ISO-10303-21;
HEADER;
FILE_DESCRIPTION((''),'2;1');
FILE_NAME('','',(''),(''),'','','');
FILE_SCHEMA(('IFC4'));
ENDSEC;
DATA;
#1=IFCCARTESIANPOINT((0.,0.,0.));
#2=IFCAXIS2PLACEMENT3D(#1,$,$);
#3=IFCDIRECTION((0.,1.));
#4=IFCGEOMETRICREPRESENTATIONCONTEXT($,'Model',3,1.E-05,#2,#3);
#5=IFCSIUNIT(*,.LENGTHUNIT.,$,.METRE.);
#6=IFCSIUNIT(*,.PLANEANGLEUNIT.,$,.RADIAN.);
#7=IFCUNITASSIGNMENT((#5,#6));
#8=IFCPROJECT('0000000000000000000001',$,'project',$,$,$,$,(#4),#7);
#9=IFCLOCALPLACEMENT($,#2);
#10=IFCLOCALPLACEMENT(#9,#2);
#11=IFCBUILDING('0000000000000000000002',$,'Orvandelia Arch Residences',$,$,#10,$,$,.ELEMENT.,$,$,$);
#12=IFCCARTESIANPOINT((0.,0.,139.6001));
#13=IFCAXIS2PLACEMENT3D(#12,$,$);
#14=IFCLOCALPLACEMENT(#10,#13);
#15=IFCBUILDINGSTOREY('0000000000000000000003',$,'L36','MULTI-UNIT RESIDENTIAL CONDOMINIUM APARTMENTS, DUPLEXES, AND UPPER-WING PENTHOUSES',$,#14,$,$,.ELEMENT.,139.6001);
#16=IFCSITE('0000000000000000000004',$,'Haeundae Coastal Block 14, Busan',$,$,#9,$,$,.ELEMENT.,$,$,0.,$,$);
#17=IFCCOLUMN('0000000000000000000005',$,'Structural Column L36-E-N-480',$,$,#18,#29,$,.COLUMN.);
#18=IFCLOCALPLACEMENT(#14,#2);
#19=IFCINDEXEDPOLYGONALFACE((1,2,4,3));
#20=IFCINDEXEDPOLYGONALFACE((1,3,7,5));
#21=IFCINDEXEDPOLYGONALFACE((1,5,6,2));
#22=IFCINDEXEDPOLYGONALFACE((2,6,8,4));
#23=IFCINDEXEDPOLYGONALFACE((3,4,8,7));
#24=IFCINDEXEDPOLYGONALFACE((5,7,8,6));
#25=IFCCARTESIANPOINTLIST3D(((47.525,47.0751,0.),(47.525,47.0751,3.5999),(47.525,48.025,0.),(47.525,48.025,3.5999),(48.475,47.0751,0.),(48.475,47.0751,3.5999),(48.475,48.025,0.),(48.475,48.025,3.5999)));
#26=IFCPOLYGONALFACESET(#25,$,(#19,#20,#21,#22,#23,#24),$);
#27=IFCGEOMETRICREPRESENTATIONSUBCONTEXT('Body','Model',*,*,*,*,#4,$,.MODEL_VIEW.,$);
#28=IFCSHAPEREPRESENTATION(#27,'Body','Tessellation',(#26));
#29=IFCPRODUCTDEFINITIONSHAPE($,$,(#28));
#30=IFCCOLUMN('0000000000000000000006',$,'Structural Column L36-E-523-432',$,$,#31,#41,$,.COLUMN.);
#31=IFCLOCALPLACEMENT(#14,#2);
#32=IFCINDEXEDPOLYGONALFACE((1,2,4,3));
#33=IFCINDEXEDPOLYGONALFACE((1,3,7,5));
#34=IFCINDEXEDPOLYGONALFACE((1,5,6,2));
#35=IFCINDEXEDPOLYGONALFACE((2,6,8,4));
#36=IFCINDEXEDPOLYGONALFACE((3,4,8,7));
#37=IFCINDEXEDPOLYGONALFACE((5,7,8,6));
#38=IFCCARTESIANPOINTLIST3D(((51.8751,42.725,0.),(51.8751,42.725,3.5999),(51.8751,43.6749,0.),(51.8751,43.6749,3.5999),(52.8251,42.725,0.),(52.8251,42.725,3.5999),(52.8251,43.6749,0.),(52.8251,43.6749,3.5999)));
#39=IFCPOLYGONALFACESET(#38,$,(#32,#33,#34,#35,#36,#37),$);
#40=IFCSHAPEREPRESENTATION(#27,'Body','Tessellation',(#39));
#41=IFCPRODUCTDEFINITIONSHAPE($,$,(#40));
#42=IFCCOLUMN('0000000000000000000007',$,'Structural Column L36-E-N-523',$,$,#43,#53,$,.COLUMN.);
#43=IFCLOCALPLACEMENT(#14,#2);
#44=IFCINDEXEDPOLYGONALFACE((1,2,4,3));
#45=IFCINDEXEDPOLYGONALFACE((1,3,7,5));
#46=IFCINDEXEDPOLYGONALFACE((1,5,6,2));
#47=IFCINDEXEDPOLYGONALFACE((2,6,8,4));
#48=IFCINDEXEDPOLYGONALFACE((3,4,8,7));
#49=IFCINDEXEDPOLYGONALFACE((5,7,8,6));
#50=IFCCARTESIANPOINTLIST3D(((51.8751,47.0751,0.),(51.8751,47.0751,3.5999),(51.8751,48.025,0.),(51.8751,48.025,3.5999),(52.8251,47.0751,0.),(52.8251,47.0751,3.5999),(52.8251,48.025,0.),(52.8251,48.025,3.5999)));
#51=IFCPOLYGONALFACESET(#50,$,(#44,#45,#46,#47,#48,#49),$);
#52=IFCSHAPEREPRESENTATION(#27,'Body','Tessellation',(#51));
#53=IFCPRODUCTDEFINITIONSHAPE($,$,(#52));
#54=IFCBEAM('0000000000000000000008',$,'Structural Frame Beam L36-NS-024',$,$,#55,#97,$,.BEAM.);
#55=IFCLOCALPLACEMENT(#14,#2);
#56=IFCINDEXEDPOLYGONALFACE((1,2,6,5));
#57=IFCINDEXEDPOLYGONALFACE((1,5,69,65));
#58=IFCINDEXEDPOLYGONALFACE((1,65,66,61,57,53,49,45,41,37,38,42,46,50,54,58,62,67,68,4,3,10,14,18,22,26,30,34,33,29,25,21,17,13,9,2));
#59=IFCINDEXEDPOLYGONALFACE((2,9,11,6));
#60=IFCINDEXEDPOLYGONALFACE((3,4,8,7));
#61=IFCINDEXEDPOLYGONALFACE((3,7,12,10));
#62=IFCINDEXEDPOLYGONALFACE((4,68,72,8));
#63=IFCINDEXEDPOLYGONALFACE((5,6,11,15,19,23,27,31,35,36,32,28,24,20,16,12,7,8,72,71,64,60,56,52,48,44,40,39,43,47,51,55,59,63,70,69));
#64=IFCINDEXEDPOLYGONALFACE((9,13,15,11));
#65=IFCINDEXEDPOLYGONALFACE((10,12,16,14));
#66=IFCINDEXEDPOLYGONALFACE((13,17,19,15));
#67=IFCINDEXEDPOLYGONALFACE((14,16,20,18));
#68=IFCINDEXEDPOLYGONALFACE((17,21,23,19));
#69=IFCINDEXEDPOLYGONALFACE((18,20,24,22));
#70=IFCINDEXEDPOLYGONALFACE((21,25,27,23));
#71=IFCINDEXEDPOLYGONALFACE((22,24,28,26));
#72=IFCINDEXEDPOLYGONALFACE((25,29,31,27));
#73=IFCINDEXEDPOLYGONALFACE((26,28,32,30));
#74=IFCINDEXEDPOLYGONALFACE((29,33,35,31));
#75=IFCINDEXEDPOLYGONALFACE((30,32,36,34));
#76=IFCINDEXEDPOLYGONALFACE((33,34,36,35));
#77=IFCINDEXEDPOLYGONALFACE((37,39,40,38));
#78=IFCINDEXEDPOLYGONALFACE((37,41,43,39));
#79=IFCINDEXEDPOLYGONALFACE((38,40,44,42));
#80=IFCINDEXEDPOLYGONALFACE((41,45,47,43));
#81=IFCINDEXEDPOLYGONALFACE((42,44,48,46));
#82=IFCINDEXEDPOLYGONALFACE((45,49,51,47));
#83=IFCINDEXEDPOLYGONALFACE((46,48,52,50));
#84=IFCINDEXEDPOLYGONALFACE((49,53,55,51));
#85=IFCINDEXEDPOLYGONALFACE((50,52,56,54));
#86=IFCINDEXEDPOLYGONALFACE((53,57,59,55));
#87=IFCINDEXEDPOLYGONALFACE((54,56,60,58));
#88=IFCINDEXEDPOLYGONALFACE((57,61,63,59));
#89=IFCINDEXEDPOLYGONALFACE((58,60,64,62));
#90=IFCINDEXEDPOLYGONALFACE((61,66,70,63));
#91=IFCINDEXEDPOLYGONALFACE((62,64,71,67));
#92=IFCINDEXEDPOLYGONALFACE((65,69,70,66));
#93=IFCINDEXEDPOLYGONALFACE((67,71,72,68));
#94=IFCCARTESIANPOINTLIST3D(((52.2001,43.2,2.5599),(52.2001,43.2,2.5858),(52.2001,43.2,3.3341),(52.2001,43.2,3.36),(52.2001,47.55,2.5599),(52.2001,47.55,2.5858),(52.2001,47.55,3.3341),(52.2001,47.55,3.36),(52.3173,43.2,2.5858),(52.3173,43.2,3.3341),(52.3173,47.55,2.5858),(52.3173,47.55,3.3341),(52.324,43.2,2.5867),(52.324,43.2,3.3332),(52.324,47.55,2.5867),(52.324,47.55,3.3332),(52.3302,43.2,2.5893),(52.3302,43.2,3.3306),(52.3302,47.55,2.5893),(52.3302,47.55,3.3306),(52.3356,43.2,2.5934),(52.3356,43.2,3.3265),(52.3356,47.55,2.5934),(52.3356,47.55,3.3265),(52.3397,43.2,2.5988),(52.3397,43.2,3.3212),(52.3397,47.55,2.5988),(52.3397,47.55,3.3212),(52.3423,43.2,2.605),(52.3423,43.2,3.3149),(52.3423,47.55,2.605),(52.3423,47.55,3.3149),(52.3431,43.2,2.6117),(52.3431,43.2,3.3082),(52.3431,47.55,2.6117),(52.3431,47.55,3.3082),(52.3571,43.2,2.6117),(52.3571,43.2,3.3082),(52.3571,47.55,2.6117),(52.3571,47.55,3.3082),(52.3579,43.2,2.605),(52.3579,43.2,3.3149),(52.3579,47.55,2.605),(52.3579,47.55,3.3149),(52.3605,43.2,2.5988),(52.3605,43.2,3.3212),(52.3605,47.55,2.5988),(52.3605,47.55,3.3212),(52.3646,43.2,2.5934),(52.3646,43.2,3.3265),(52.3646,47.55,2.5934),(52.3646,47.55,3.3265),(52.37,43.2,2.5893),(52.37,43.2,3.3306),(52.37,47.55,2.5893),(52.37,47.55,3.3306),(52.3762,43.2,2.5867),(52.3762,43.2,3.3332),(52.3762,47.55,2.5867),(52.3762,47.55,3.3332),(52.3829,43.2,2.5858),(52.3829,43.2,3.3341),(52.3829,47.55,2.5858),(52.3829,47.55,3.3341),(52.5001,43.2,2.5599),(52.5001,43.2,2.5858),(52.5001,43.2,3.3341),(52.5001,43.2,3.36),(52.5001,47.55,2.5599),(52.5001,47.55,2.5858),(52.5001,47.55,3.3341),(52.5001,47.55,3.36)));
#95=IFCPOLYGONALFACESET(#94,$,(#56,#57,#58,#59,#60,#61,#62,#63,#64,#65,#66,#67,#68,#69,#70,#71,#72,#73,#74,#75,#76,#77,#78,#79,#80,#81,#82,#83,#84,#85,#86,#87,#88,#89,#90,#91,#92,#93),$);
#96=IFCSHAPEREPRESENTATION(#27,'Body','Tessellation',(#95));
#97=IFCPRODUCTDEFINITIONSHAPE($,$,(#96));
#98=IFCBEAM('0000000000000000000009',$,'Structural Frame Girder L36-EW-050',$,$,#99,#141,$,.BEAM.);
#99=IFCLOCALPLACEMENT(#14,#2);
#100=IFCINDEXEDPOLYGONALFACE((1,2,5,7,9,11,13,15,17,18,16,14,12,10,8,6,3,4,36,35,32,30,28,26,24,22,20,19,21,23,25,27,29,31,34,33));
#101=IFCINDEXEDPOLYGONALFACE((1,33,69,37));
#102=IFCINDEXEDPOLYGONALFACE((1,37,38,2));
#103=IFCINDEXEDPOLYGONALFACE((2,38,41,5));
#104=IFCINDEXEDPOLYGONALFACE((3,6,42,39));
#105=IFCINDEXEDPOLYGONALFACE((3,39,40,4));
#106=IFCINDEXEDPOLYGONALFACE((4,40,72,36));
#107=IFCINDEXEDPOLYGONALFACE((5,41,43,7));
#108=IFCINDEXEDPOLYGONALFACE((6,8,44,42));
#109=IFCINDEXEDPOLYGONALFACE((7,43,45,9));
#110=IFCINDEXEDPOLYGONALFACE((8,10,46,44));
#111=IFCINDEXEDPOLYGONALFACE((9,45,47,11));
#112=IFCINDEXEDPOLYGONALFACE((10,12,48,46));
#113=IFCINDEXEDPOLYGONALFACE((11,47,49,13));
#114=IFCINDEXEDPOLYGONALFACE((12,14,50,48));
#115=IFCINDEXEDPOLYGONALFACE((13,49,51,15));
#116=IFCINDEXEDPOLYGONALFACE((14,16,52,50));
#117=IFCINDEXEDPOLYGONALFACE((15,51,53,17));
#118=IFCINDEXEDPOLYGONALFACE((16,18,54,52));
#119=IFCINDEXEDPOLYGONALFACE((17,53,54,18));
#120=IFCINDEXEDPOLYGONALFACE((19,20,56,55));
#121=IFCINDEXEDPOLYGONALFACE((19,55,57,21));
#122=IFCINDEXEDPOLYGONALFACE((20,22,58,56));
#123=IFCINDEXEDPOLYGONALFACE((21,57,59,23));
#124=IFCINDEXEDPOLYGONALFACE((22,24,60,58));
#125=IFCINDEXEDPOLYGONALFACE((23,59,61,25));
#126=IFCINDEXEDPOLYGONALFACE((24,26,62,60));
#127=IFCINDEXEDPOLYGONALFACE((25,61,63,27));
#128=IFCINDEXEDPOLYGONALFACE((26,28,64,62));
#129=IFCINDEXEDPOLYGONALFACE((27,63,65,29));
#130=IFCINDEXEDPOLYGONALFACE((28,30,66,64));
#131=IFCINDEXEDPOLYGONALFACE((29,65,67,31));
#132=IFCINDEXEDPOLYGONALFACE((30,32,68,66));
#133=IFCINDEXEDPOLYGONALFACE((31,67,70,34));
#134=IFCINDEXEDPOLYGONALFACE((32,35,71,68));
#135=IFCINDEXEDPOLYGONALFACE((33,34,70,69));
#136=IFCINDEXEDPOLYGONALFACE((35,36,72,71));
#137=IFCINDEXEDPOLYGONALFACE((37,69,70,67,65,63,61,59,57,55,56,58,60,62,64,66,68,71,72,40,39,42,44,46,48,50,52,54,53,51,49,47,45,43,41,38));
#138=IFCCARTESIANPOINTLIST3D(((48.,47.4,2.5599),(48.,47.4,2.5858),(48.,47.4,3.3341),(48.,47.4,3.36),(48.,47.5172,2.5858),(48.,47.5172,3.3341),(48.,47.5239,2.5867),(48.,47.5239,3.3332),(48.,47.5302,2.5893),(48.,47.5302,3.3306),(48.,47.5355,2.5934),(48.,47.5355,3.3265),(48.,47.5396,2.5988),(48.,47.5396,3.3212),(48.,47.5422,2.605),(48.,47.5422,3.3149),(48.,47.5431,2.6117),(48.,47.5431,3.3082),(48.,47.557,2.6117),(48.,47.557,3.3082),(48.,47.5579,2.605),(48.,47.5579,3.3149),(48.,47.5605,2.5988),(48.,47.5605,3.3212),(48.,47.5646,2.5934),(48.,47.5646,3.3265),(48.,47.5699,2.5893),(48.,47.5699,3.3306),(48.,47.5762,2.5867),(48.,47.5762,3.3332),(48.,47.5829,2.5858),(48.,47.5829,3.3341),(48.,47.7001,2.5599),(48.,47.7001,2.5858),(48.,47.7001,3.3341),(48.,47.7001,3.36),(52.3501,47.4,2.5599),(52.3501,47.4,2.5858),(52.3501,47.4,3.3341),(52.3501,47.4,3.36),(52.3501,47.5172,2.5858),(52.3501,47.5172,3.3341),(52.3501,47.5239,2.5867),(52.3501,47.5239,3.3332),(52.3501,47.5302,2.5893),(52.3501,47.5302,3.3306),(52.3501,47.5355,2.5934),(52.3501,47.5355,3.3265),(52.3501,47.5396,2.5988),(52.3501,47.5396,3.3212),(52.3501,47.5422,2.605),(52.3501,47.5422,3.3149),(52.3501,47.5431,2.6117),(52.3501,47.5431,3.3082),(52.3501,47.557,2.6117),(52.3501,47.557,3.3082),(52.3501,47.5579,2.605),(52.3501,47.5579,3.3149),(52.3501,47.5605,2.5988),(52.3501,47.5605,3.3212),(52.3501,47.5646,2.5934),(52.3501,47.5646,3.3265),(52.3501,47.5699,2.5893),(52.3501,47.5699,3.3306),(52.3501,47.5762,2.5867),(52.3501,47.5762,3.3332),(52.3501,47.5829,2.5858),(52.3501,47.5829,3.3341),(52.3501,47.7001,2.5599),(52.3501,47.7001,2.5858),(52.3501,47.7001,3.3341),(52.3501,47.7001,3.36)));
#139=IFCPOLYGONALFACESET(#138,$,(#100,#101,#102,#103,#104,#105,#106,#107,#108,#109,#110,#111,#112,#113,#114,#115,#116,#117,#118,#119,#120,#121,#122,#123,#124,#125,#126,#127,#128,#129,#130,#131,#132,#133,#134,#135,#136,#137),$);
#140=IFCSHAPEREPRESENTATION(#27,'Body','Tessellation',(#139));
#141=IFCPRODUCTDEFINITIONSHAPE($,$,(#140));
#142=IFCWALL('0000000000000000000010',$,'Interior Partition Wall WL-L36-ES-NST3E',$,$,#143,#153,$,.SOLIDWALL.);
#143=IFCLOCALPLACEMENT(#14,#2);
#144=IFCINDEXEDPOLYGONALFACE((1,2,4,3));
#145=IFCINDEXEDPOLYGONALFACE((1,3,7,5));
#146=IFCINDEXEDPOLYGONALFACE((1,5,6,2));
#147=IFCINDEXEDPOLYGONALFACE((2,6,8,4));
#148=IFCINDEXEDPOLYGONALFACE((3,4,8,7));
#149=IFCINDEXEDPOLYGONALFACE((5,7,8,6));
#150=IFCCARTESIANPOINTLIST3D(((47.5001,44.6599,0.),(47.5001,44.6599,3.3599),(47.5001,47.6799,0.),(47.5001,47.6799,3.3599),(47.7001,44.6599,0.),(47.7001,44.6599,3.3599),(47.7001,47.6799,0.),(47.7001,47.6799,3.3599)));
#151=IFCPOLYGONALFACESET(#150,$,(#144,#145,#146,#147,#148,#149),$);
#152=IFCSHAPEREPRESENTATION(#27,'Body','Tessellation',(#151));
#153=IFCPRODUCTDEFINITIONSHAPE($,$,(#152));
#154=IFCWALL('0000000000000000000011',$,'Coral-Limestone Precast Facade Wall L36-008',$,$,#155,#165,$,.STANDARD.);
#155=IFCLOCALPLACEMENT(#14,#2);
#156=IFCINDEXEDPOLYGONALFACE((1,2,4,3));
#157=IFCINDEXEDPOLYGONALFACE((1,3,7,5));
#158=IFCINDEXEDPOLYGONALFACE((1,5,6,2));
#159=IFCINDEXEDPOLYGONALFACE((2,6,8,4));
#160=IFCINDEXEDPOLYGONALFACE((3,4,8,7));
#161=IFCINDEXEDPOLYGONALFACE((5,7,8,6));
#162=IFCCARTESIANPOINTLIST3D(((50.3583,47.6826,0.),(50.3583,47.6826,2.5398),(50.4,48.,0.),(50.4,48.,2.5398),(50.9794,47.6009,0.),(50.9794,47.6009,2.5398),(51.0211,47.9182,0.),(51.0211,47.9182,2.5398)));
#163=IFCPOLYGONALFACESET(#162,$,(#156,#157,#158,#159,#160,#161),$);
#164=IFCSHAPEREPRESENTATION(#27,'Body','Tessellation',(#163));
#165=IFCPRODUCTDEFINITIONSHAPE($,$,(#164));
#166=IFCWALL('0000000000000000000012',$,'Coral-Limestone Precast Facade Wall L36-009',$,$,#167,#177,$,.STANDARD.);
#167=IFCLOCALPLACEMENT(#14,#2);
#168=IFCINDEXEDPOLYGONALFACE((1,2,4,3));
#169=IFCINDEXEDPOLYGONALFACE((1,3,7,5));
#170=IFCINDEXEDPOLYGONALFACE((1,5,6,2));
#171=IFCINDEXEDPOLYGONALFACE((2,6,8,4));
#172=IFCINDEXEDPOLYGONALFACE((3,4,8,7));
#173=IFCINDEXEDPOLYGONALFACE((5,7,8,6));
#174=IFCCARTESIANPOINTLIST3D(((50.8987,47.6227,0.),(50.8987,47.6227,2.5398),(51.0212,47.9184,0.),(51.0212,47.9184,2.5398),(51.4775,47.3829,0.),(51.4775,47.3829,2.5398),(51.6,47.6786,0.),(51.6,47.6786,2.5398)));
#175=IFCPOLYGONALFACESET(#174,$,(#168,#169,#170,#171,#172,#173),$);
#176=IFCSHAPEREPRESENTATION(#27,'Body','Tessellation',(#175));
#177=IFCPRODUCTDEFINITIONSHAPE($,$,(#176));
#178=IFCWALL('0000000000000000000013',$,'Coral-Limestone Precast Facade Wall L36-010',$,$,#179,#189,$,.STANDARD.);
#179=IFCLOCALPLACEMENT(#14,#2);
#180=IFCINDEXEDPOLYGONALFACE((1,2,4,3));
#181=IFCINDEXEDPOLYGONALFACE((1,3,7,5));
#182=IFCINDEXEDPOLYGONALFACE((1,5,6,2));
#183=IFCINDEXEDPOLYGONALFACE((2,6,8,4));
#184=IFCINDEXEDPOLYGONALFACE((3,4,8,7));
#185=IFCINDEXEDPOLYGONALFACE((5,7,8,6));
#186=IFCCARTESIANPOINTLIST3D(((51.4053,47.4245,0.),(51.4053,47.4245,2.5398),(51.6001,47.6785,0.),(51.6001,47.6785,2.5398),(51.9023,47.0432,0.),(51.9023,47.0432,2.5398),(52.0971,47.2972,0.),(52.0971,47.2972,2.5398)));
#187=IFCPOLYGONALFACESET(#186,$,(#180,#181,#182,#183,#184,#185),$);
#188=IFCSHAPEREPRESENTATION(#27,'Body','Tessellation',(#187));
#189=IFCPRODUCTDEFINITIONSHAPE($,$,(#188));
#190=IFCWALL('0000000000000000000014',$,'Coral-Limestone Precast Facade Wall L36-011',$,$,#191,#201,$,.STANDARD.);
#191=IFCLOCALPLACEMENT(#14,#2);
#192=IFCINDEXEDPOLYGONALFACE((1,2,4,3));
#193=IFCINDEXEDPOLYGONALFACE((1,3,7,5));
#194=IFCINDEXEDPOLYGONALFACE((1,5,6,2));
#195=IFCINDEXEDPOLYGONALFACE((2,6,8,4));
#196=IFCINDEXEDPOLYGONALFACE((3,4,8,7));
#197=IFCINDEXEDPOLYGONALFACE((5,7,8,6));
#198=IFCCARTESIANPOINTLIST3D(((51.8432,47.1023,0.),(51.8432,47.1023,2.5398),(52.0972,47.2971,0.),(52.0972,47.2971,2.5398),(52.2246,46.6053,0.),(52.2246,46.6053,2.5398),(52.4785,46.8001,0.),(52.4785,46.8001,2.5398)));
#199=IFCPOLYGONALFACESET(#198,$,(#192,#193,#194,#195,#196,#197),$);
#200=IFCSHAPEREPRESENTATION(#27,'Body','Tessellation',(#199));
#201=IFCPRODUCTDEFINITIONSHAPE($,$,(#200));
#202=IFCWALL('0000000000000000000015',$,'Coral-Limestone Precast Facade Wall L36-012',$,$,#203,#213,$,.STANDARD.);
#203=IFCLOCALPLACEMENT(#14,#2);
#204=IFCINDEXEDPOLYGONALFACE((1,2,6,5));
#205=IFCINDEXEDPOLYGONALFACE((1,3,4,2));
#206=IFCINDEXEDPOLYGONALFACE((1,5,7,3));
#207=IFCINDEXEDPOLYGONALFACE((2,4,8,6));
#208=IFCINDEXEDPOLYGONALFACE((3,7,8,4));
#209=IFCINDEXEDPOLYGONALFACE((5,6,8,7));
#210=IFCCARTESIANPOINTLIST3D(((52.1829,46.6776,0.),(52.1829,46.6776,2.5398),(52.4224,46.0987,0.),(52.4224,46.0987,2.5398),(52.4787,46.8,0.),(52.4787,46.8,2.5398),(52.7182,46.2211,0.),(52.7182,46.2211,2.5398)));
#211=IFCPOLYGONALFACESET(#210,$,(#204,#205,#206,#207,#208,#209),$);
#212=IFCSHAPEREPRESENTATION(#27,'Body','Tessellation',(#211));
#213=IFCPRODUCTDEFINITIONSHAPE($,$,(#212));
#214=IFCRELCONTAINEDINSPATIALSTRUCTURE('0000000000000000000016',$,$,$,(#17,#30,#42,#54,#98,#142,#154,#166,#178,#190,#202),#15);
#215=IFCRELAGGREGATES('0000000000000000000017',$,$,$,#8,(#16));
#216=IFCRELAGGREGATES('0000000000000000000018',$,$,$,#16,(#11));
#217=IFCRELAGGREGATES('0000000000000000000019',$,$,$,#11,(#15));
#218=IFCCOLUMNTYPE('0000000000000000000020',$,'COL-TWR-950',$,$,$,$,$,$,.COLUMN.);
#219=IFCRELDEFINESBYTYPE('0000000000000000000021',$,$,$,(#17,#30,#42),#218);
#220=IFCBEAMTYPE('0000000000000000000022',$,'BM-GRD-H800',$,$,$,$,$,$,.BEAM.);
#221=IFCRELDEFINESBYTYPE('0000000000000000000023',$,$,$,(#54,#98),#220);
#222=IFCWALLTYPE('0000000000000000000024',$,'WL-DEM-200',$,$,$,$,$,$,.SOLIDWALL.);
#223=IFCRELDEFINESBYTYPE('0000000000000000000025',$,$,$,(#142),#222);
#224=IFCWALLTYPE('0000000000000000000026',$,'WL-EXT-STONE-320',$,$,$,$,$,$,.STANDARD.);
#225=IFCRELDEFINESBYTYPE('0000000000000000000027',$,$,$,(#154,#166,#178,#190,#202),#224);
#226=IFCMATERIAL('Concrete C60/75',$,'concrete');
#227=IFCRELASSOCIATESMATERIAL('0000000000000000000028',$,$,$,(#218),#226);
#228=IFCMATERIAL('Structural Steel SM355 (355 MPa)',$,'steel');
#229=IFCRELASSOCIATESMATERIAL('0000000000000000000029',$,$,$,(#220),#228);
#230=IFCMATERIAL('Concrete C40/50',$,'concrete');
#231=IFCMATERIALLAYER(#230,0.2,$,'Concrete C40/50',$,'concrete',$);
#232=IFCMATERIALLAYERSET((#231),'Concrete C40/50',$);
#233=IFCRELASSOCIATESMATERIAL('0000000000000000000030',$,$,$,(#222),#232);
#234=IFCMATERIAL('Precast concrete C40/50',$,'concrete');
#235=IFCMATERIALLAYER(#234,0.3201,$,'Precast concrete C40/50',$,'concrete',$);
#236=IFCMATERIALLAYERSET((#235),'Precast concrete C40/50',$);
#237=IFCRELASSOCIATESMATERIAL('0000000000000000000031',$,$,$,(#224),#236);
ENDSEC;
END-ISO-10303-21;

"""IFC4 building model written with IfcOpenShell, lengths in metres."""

from ifc_helpers import new_model, si_unit, direction, frame, frame_2d, origin, origin_2d, place, context, subcontext, project, spatial, rectangle, i_section, extrude, material, layer, layer_set, material_profile, profile_set, type_object, element, save


model = new_model("IFC4")

# Units and contexts
model_context = context("Model", 3, precision=1e-05, world=origin(), true_north=direction((0.0, 1.0)))
body_context = subcontext(model_context, "Body", "Model", "MODEL_VIEW")
ifc_project = project(units=[si_unit("LENGTHUNIT", "METRE"), si_unit("PLANEANGLEUNIT", "RADIAN")], contexts=[model_context])

# Site, building, storey
site_placement = place(None, origin())
site = spatial("IfcSite", under=ifc_project, at=site_placement, Name="Haeundae Coastal Block 14, Busan", CompositionType="ELEMENT", RefElevation=0.0)
building_placement = place(site_placement, origin())
building = spatial("IfcBuilding", under=site, at=building_placement, Name="Orvandelia Arch Residences", CompositionType="ELEMENT")
storey_placement = place(building_placement, frame((0.0, 0.0, 139.6001)))
storey = spatial("IfcBuildingStorey", under=building, at=storey_placement, Name="L36", Description="MULTI-UNIT RESIDENTIAL CONDOMINIUM APARTMENTS, DUPLEXES, AND UPPER-WING PENTHOUSES", CompositionType="ELEMENT", Elevation=139.6001)

# Columns
ifc_material_1 = material(Name="Concrete C60/75", Category="concrete")
ifc_material_profile_1 = material_profile(ifc_material_1, rectangle(XDim=0.95, YDim=0.95, at=origin_2d()), Name="Concrete C60/75", Category="concrete")
ifc_profile_set_1 = profile_set([ifc_material_profile_1], Name="Concrete C60/75")
column_type = type_object("IfcColumnType", Name="COL-TWR-950", PredefinedType="COLUMN", material=ifc_profile_set_1)
for number, where, z_axis, x_axis, name in (
    (1, (48.0, 47.55, 0.0), (0.0, 0.0, 1.0), (1.0, 0.0, 0.0), "Structural Column L36-E-N-480"),
    (2, (52.3501, 43.2, 0.0), (0.0, 0.0, 1.0), (1.0, 0.0, 0.0), "Structural Column L36-E-523-432"),
    (3, (52.3501, 47.55, 0.0), (0.0, 0.0, 1.0), (1.0, 0.0, 0.0), "Structural Column L36-E-N-523"),
):
    element("IfcColumn", number, at=place(storey_placement, frame(where, z_axis=z_axis, x_axis=x_axis)), inside=storey, type_object=column_type, Name=name, PredefinedType="COLUMN", context=body_context, shape_type="SweptSolid", body=[
        extrude(rectangle(XDim=0.95, YDim=0.95, at=origin_2d()), origin(), (0.0, 0.0, 1.0), 3.5999),
    ])

# Beams
ifc_material_2 = material(Name="Structural Steel SM355 (355 MPa)", Category="steel")
ifc_material_profile_2 = material_profile(ifc_material_2, i_section(OverallWidth=0.3, OverallDepth=0.8, WebThickness=0.0139, FlangeThickness=0.0259, FilletRadius=0.0259, at=origin_2d()), Name="Structural Steel SM355 (355 MPa)", Category="steel")
ifc_profile_set_2 = profile_set([ifc_material_profile_2], Name="Structural Steel SM355 (355 MPa)")
beam_type = type_object("IfcBeamType", Name="BM-GRD-H800", PredefinedType="BEAM", material=ifc_profile_set_2)
for number, where, z_axis, x_axis, name in (
    (4, (52.3501, 43.2, 2.96), (0.0, 1.0, 0.0), (-1.0, 0.0, 0.0), "Structural Frame Beam L36-NS-024"),
    (5, (48.0, 47.55, 2.96), (1.0, 0.0, 0.0), (0.0, 1.0, 0.0), "Structural Frame Girder L36-EW-050"),
):
    element("IfcBeam", number, at=place(storey_placement, frame(where, z_axis=z_axis, x_axis=x_axis)), inside=storey, type_object=beam_type, Name=name, PredefinedType="BEAM", context=body_context, shape_type="SweptSolid", body=[
        extrude(i_section(OverallWidth=0.3, OverallDepth=0.8, WebThickness=0.0139, FlangeThickness=0.0259, FilletRadius=0.0259, at=origin_2d()), origin(), (0.0, 0.0, 1.0), 4.3501),
    ])

# Walls
ifc_material_3 = material(Name="Concrete C40/50", Category="concrete")
ifc_layer_1 = layer(ifc_material_3, 0.2, Name="Concrete C40/50", Category="concrete")
ifc_layer_set_1 = layer_set([ifc_layer_1], Name="Concrete C40/50")
wall_type_1 = type_object("IfcWallType", Name="WL-DEM-200", PredefinedType="SOLIDWALL", material=ifc_layer_set_1)
wall_1_placement = place(storey_placement, frame((47.6001, 44.6599, 0.0), z_axis=(0.0, 0.0, 1.0), x_axis=(0.0, 1.0, 0.0)))
element("IfcWall", 6, at=wall_1_placement, inside=storey, type_object=wall_type_1, Name="Interior Partition Wall WL-L36-ES-NST3E", PredefinedType="SOLIDWALL", context=body_context, shape_type="SweptSolid", body=[
    extrude(rectangle(XDim=3.02, YDim=0.2, at=frame_2d((1.51, 0.0))), origin(), (0.0, 0.0, 1.0), 3.3599),
])
ifc_material_4 = material(Name="Precast concrete C40/50", Category="concrete")
ifc_layer_2 = layer(ifc_material_4, 0.3201, Name="Precast concrete C40/50", Category="concrete")
ifc_layer_set_2 = layer_set([ifc_layer_2], Name="Precast concrete C40/50")
wall_type_2 = type_object("IfcWallType", Name="WL-EXT-STONE-320", PredefinedType="STANDARD", material=ifc_layer_set_2)
for number, where, z_axis, x_axis, name in (
    (7, (50.3792, 47.8413, 0.0), (0.0, 0.0, 1.0), (0.991441, -0.130555, 0.0), "Coral-Limestone Precast Facade Wall L36-008"),
    (8, (50.96, 47.7705, 0.0), (0.0, 0.0, 1.0), (0.923893, -0.38265, 0.0), "Coral-Limestone Precast Facade Wall L36-009"),
    (9, (51.5027, 47.5515, 0.0), (0.0, 0.0, 1.0), (0.793406, -0.608693, 0.0), "Coral-Limestone Precast Facade Wall L36-010"),
    (10, (51.9702, 47.1997, 0.0), (0.0, 0.0, 1.0), (0.608693, -0.793406, 0.0), "Coral-Limestone Precast Facade Wall L36-011"),
    (11, (52.3308, 46.7388, 0.0), (0.0, 0.0, 1.0), (0.382317, -0.924031, 0.0), "Coral-Limestone Precast Facade Wall L36-012"),
):
    element("IfcWall", number, at=place(storey_placement, frame(where, z_axis=z_axis, x_axis=x_axis)), inside=storey, type_object=wall_type_2, Name=name, PredefinedType="STANDARD", context=body_context, shape_type="SweptSolid", body=[
        extrude(rectangle(XDim=0.6265, YDim=0.3201, at=frame_2d((0.3132, 0.0))), origin(), (0.0, 0.0, 1.0), 2.5398),
    ])

save(model, "model.ifc")
